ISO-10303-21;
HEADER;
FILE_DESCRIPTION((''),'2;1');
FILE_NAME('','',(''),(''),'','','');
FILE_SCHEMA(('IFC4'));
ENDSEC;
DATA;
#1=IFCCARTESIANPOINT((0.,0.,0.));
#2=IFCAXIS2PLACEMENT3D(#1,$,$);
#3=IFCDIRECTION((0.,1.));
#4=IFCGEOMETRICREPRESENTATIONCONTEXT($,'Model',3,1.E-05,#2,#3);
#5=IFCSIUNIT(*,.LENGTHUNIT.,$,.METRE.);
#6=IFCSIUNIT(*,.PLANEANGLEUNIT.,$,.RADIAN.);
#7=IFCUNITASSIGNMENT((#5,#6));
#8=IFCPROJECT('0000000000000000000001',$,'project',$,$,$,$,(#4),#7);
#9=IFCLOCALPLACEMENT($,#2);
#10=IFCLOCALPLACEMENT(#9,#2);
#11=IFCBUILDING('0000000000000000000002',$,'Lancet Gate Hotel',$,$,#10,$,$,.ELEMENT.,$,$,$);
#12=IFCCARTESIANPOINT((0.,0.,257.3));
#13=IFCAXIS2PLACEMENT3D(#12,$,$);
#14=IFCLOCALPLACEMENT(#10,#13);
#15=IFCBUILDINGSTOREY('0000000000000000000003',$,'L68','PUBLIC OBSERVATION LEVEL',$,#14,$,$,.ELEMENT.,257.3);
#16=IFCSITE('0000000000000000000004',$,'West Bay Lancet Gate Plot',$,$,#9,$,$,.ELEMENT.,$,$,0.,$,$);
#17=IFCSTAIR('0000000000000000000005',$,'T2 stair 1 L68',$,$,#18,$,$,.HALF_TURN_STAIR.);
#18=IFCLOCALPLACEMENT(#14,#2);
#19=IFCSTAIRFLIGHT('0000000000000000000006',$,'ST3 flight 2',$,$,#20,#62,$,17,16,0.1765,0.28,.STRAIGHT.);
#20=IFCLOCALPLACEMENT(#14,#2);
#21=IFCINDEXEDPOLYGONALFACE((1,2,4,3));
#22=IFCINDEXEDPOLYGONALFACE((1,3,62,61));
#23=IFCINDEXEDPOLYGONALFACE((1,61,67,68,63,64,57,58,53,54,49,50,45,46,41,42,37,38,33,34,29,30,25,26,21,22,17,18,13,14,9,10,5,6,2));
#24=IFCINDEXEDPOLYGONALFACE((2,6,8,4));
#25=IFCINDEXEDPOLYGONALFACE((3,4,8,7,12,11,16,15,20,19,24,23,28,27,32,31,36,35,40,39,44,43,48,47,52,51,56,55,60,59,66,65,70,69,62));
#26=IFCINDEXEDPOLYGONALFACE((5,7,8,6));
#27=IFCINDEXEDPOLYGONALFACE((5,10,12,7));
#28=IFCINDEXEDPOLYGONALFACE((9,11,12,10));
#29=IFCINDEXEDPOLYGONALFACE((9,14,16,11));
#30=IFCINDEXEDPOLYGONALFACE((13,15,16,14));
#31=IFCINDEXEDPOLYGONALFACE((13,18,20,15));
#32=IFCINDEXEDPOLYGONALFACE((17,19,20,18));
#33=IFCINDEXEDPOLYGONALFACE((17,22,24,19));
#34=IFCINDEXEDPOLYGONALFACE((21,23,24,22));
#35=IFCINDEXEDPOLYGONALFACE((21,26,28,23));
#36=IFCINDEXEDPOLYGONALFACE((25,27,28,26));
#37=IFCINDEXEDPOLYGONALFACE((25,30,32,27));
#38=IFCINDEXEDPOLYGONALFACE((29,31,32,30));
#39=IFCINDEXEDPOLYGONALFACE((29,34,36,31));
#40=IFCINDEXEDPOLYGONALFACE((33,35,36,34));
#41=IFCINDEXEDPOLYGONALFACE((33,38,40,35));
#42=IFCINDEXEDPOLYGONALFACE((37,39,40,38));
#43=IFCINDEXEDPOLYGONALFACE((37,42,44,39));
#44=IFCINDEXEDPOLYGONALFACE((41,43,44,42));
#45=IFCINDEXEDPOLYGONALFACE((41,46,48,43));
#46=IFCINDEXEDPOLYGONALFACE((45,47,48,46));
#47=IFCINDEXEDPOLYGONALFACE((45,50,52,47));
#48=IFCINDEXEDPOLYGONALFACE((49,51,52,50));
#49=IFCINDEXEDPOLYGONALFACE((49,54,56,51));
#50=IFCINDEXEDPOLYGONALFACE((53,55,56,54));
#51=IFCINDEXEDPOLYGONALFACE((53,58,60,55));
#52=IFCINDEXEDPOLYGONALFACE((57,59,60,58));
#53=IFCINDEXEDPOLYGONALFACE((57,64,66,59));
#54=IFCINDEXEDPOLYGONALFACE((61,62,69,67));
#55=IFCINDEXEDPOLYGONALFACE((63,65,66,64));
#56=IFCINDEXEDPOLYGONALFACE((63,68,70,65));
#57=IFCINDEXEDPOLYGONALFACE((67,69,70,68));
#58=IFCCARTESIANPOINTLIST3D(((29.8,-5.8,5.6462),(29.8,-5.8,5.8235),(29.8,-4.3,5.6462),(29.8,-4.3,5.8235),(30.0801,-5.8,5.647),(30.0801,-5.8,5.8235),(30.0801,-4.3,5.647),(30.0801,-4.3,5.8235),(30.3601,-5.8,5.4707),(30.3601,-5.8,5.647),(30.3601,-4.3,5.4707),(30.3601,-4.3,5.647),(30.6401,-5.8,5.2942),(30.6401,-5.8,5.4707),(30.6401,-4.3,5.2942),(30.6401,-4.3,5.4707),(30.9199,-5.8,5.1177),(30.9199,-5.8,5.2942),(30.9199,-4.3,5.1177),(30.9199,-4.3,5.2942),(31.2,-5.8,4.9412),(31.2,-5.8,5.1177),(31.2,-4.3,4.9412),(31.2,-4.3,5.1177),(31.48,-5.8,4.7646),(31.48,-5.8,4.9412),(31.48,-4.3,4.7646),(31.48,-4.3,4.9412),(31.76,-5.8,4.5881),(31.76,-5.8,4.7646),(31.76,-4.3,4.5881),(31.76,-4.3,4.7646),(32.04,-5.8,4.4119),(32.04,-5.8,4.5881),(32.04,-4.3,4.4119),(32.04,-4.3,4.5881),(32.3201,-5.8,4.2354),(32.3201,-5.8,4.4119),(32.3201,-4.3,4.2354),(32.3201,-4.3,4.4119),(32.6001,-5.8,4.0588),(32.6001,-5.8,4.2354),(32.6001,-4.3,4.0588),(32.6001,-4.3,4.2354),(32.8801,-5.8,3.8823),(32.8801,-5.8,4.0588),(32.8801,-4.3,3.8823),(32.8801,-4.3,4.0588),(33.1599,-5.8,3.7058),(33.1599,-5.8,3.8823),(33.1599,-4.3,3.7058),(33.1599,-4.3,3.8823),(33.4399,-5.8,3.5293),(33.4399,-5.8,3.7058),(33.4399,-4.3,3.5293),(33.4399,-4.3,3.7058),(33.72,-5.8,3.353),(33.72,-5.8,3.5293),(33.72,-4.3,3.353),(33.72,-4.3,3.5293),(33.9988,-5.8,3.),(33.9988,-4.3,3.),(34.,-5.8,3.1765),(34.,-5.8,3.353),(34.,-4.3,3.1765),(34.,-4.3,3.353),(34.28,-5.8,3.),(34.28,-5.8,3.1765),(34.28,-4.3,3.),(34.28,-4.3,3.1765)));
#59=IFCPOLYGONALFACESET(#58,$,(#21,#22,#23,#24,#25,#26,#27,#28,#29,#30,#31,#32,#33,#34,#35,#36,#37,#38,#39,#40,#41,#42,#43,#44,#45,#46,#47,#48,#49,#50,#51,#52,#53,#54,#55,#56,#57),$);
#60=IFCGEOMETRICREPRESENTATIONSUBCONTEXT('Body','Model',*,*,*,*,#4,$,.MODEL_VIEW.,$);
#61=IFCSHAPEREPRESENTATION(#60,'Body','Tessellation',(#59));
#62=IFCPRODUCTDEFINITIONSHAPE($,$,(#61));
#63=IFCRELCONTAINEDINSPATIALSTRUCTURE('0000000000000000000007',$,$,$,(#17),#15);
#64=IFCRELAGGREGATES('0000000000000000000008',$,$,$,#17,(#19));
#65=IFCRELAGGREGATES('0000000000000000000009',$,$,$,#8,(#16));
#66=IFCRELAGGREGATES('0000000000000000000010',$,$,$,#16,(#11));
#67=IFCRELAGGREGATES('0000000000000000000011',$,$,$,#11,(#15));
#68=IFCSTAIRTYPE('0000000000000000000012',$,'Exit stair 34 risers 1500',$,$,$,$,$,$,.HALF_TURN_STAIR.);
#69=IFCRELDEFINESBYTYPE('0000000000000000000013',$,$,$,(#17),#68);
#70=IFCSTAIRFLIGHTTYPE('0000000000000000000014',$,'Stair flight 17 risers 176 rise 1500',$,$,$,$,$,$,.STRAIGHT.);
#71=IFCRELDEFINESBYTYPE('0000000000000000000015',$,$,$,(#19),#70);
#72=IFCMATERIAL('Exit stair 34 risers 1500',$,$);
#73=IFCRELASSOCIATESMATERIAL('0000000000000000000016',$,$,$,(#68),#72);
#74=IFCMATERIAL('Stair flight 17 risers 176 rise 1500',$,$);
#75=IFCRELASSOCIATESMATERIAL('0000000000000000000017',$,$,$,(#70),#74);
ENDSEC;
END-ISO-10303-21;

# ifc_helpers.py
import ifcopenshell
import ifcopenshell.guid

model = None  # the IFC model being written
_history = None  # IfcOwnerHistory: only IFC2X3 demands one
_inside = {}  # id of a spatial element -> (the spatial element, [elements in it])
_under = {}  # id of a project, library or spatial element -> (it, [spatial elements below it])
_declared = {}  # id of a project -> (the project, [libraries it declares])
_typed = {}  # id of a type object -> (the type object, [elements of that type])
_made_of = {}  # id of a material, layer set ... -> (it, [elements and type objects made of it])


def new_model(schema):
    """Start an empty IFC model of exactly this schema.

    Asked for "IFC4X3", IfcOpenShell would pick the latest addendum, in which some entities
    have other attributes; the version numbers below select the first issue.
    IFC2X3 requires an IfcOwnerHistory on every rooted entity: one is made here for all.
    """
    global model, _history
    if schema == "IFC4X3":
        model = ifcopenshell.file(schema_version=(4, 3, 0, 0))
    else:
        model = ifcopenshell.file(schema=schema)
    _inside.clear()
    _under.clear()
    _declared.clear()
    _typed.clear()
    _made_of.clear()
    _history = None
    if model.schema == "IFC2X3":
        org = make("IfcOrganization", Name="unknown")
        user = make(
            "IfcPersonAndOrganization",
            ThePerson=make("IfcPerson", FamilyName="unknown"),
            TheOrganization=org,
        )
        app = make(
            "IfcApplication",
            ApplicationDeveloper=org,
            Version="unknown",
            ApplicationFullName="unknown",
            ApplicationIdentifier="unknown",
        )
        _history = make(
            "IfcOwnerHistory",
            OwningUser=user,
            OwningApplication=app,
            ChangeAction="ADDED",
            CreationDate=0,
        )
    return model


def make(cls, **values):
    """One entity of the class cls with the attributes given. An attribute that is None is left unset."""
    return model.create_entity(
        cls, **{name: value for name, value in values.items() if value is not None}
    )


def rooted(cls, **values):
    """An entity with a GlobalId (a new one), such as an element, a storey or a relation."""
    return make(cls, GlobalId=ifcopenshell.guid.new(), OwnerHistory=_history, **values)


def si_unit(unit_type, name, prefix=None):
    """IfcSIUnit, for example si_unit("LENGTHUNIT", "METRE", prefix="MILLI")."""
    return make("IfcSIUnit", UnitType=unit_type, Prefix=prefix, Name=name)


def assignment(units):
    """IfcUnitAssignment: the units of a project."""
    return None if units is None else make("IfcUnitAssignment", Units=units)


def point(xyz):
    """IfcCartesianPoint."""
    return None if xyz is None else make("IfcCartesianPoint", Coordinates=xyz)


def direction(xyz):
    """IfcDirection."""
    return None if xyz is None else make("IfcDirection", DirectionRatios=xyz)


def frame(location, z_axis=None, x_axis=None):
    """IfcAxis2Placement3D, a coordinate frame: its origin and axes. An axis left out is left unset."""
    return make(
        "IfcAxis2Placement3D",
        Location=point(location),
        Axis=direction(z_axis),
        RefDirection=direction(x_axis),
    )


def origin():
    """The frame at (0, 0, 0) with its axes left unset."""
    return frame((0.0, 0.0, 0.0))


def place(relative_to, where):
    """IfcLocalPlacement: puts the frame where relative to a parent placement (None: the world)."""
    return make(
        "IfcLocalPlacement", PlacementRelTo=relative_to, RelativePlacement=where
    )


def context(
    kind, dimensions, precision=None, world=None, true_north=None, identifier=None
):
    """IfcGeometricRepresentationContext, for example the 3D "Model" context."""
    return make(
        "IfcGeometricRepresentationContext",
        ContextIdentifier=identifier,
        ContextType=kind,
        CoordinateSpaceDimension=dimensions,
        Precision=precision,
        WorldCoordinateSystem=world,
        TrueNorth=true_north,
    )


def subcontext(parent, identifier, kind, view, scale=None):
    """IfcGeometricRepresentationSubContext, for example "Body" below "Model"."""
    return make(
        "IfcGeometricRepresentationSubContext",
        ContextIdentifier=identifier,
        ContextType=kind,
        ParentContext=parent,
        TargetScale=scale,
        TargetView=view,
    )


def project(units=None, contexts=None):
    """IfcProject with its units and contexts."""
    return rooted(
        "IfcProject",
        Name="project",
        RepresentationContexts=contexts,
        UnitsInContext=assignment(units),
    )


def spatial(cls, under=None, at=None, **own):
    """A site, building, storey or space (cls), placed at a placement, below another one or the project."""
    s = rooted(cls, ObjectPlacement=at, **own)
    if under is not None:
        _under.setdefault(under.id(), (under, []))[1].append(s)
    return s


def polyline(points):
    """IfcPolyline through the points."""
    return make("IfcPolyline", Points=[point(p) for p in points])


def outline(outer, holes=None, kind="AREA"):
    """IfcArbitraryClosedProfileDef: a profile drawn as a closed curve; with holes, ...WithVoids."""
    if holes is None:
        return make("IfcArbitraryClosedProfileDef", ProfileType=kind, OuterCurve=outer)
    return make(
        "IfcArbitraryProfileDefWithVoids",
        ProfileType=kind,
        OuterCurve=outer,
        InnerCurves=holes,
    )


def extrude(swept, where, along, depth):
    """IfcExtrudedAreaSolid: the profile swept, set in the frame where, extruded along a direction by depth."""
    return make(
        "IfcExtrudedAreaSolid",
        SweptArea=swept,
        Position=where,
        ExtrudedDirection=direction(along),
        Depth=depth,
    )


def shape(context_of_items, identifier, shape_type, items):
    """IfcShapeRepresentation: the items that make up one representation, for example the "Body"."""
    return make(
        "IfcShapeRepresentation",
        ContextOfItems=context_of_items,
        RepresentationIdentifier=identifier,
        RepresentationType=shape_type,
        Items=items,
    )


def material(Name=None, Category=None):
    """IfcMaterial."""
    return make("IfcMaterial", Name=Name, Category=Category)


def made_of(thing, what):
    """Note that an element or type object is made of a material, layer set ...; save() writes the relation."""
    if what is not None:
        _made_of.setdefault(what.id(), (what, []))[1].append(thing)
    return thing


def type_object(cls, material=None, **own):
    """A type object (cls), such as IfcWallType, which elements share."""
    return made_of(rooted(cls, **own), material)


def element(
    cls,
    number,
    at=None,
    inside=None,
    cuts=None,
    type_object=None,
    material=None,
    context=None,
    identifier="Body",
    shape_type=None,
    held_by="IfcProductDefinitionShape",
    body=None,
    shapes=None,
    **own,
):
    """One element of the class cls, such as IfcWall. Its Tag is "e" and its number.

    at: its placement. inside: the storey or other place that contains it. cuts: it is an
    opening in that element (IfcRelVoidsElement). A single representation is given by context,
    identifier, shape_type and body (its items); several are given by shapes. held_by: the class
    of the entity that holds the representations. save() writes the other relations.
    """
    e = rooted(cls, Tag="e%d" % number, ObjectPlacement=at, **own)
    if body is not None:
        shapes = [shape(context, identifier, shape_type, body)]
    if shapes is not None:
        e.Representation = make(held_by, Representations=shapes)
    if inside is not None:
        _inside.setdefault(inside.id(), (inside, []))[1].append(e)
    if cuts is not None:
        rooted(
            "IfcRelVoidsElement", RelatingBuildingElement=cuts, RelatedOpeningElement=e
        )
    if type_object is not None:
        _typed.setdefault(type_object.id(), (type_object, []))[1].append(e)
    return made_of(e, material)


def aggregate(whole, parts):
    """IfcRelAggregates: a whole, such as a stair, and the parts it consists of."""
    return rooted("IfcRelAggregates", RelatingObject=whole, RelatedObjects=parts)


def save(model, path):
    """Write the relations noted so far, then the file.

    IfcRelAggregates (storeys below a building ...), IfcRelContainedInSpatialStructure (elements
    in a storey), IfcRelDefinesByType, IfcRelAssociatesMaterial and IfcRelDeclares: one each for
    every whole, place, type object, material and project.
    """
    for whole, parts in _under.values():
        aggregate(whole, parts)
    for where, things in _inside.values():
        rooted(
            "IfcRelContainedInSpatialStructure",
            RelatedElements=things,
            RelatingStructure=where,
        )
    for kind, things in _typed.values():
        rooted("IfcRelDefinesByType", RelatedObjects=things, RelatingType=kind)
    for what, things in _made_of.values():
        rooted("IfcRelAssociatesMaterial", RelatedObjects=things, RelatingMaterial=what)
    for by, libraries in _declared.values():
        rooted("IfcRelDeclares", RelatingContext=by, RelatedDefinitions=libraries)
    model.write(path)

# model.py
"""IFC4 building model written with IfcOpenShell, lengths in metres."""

from ifc_helpers import new_model, si_unit, direction, frame, origin, place, context, subcontext, project, spatial, polyline, outline, extrude, material, type_object, element, aggregate, save


model = new_model("IFC4")

# Units and contexts
model_context = context("Model", 3, precision=1e-05, world=origin(), true_north=direction((0.0, 1.0)))
body_context = subcontext(model_context, "Body", "Model", "MODEL_VIEW")
ifc_project = project(units=[si_unit("LENGTHUNIT", "METRE"), si_unit("PLANEANGLEUNIT", "RADIAN")], contexts=[model_context])

# Site, building, storey
site_placement = place(None, origin())
site = spatial("IfcSite", under=ifc_project, at=site_placement, Name="West Bay Lancet Gate Plot", CompositionType="ELEMENT", RefElevation=0.0)
building_placement = place(site_placement, origin())
building = spatial("IfcBuilding", under=site, at=building_placement, Name="Lancet Gate Hotel", CompositionType="ELEMENT")
storey_placement = place(building_placement, frame((0.0, 0.0, 257.3)))
storey = spatial("IfcBuildingStorey", under=building, at=storey_placement, Name="L68", Description="PUBLIC OBSERVATION LEVEL", CompositionType="ELEMENT", Elevation=257.3)

# Stair, stair flight
ifc_material_1 = material(Name="Exit stair 34 risers 1500")
stair_type = type_object("IfcStairType", Name="Exit stair 34 risers 1500", PredefinedType="HALF_TURN_STAIR", material=ifc_material_1)
stair_placement = place(storey_placement, origin())
stair = element("IfcStair", 1, at=stair_placement, inside=storey, type_object=stair_type, Name="T2 stair 1 L68", PredefinedType="HALF_TURN_STAIR")
ifc_material_2 = material(Name="Stair flight 17 risers 176 rise 1500")
stair_flight_type = type_object("IfcStairFlightType", Name="Stair flight 17 risers 176 rise 1500", PredefinedType="STRAIGHT", material=ifc_material_2)
stair_flight_1_placement = place(storey_placement, frame((34.28, -5.05, 3.0), z_axis=(0.0, 0.0, 1.0), x_axis=(-1.0, 0.0, 0.0)))
stair_flight_1 = element("IfcStairFlight", 2, at=stair_flight_1_placement, type_object=stair_flight_type, Name="ST3 flight 2", NumberOfRisers=17, NumberOfTreads=16, PredefinedType="STRAIGHT", RiserHeight=0.1765, TreadLength=0.28, context=body_context, shape_type="SweptSolid", body=[
    extrude(outline(polyline([(0.0, 0.0), (0.0, 0.1765), (0.28, 0.1765), (0.28, 0.353), (0.5601, 0.353), (0.5601, 0.5293), (0.8401, 0.5293), (0.8401, 0.7058), (1.1201, 0.7058), (1.1201, 0.8823), (1.3999, 0.8823), (1.3999, 1.0588), (1.6799, 1.0588), (1.6799, 1.2354), (1.96, 1.2354), (1.96, 1.4119), (2.24, 1.4119), (2.24, 1.5881), (2.52, 1.5881), (2.52, 1.7646), (2.8, 1.7646), (2.8, 1.9412), (3.0801, 1.9412), (3.0801, 2.1177), (3.3601, 2.1177), (3.3601, 2.2942), (3.6399, 2.2942), (3.6399, 2.4707), (3.9199, 2.4707), (3.9199, 2.647), (4.2, 2.647), (4.2, 2.8235), (4.48, 2.8235), (4.48, 3.0), (4.48, 2.6462), (0.2812, 0.0), (0.0, 0.0)])), frame((0.0, 0.75, 0.0), z_axis=(0.0, -1.0, 0.0), x_axis=(1.0, 0.0, 0.0)), (0.0, 0.0, 1.0), 1.5),
])
aggregate(stair, [stair_flight_1])

save(model, "model.ifc")
